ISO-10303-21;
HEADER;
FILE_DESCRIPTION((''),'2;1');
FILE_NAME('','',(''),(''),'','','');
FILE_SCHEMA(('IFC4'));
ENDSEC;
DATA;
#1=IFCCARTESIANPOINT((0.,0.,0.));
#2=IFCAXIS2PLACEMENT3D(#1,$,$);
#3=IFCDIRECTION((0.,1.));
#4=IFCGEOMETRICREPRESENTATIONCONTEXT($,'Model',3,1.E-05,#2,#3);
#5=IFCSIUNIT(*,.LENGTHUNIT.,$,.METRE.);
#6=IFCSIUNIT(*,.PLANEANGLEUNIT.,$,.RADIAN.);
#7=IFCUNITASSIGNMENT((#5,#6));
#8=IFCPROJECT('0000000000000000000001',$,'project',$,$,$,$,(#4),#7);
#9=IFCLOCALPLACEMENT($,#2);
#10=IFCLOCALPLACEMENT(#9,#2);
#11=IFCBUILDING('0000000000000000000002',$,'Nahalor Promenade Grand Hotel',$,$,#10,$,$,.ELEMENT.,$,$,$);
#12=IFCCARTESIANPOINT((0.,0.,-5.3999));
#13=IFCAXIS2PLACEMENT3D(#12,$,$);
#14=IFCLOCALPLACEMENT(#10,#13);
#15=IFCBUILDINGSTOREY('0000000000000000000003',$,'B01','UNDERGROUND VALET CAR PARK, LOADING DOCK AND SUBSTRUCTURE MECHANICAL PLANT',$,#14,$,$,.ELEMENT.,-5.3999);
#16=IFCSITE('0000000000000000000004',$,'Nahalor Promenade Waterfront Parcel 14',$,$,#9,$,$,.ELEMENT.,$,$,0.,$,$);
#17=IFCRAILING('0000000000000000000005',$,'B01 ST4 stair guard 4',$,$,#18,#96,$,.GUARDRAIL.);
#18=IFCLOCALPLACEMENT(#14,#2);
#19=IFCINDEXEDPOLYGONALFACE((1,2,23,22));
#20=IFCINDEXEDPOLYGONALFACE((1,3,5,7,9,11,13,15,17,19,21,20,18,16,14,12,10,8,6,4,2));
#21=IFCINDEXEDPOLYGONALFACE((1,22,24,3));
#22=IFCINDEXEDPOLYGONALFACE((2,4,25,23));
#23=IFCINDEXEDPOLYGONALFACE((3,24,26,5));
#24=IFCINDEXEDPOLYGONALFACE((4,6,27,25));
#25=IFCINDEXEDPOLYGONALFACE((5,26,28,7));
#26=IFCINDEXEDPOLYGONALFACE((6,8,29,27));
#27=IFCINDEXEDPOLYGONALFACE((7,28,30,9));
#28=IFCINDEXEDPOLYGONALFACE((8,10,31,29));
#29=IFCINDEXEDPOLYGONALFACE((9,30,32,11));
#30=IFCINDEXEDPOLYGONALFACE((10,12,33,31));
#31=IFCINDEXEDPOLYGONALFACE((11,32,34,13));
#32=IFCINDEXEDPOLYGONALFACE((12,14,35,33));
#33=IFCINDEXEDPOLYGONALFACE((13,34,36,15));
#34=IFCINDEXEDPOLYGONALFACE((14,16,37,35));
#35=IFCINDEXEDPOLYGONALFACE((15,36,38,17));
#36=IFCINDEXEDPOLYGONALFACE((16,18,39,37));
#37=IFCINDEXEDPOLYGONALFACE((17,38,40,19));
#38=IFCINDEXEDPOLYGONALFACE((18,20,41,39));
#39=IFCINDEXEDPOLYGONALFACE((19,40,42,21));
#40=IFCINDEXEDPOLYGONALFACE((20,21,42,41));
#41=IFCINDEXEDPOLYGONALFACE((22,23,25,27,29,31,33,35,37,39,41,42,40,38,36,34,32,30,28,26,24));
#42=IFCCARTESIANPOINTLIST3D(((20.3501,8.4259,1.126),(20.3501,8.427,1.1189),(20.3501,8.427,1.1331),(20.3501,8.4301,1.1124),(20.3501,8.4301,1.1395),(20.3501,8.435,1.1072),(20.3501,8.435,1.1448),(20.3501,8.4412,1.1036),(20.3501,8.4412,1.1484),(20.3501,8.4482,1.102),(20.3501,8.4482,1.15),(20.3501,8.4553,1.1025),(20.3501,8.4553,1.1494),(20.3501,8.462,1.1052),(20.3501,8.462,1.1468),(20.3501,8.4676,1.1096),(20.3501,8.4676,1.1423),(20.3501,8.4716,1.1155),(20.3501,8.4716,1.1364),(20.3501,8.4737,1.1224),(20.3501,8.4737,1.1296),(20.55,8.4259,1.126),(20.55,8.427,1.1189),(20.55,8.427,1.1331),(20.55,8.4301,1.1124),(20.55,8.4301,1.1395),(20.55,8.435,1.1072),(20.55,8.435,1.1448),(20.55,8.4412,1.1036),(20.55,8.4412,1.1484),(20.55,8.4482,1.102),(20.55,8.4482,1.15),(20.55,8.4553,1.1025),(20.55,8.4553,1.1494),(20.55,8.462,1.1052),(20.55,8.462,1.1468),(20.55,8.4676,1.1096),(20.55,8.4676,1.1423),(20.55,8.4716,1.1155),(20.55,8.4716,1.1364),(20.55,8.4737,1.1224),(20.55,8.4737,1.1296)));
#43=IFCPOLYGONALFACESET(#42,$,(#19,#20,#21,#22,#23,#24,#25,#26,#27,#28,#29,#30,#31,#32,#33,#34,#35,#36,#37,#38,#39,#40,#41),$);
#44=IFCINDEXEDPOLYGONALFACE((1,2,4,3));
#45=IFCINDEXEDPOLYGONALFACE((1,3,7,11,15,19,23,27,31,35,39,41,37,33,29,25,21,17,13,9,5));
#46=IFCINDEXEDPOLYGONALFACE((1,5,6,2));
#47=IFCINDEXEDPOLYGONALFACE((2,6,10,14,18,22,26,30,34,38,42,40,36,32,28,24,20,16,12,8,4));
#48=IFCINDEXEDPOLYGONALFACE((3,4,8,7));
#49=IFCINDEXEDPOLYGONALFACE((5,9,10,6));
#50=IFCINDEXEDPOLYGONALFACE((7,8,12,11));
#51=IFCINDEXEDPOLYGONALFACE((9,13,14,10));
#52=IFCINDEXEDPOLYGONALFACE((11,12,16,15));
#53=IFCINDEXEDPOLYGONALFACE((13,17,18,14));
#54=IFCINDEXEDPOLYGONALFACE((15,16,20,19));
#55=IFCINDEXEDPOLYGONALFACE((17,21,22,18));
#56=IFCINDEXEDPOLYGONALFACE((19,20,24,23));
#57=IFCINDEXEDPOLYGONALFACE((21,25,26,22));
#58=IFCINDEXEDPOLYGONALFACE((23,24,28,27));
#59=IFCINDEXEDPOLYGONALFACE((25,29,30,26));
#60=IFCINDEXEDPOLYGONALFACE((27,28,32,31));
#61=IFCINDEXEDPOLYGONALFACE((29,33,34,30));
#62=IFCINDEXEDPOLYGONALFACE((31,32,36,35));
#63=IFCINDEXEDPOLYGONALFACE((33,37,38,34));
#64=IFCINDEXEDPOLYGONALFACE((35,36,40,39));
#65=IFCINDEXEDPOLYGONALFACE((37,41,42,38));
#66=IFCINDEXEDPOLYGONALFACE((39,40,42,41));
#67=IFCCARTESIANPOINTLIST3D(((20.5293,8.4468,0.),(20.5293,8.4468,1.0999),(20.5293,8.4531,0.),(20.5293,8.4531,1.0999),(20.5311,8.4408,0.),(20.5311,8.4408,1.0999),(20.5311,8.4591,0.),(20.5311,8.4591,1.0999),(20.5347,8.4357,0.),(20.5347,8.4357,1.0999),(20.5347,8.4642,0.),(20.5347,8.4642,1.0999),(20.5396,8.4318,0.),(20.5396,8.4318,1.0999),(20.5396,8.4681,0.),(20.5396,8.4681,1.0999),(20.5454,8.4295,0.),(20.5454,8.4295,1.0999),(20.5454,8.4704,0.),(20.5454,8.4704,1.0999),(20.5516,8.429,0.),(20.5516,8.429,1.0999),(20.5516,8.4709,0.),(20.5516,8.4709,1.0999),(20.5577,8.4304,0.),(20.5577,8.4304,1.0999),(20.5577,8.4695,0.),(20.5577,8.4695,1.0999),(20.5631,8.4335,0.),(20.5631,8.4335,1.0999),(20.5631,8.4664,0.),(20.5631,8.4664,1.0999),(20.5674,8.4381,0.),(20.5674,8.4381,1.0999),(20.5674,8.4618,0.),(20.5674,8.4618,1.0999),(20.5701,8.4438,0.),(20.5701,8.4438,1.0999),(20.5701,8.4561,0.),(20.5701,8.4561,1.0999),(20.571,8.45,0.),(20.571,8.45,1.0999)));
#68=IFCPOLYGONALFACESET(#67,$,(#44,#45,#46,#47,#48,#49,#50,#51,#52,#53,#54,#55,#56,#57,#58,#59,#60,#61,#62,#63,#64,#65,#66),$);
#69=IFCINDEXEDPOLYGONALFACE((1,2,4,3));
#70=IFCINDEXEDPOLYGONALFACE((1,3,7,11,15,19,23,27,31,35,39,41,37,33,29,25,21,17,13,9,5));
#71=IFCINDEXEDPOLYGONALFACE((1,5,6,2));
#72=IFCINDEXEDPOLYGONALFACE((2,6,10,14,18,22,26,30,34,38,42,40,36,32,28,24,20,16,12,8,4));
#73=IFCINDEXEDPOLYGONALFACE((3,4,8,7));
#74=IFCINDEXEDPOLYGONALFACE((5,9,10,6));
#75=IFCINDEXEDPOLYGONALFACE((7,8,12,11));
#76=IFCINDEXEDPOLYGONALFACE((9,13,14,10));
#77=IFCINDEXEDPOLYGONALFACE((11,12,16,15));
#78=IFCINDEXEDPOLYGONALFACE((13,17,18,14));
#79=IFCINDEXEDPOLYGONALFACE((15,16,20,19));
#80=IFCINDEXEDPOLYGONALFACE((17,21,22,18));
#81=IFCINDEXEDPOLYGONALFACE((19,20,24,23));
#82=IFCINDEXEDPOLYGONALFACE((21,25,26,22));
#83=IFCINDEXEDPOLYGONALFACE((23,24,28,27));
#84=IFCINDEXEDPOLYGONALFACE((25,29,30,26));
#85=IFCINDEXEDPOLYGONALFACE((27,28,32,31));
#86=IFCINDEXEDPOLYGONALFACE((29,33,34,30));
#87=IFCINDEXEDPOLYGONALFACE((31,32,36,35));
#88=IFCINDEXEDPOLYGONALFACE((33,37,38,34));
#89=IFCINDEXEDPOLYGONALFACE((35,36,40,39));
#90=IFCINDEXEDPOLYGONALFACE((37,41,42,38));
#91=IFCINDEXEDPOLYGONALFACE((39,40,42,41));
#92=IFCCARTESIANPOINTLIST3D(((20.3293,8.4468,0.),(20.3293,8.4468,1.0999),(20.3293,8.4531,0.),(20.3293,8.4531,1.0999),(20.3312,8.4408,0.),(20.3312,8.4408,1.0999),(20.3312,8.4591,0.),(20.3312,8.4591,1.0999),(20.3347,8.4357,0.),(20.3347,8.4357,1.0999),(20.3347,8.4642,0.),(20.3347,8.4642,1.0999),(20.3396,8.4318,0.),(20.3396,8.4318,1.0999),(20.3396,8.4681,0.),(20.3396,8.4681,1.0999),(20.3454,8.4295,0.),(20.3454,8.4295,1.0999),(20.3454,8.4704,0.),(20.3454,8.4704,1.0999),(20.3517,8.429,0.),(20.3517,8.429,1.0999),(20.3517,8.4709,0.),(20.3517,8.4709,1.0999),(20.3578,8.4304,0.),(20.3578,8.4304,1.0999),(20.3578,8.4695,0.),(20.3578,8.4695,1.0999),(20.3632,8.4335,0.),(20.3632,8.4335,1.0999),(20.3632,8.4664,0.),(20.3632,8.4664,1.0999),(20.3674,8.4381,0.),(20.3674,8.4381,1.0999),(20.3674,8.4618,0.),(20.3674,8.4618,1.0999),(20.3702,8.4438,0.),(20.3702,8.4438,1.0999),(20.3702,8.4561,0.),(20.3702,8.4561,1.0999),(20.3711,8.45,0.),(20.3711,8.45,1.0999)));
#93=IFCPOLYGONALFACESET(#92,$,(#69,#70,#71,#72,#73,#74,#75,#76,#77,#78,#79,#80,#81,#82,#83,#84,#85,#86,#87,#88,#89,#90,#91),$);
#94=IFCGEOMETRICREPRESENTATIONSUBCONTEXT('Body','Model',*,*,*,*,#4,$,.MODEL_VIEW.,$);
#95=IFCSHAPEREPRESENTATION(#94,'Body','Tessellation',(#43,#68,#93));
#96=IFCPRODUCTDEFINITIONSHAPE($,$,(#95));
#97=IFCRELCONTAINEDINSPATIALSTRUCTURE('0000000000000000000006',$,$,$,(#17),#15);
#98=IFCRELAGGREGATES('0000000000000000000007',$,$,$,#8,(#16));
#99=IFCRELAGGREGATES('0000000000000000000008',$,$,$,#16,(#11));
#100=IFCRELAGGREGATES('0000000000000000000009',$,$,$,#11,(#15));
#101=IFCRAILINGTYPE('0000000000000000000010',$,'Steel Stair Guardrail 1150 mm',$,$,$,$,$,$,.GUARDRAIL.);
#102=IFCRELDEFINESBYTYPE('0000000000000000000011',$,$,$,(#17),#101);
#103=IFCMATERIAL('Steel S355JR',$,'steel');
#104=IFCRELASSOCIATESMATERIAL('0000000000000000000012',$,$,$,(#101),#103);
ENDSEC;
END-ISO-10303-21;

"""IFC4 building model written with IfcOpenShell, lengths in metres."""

from ifc_helpers import new_model, si_unit, direction, frame, origin, origin_2d, place, context, subcontext, project, spatial, circle, extrude, material, type_object, element, save


model = new_model("IFC4")

# Units and contexts
model_context = context("Model", 3, precision=1e-05, world=origin(), true_north=direction((0.0, 1.0)))
body_context = subcontext(model_context, "Body", "Model", "MODEL_VIEW")
ifc_project = project(units=[si_unit("LENGTHUNIT", "METRE"), si_unit("PLANEANGLEUNIT", "RADIAN")], contexts=[model_context])

# Site, building, storey
site_placement = place(None, origin())
site = spatial("IfcSite", under=ifc_project, at=site_placement, Name="Nahalor Promenade Waterfront Parcel 14", CompositionType="ELEMENT", RefElevation=0.0)
building_placement = place(site_placement, origin())
building = spatial("IfcBuilding", under=site, at=building_placement, Name="Nahalor Promenade Grand Hotel", CompositionType="ELEMENT")
storey_placement = place(building_placement, frame((0.0, 0.0, -5.3999)))
storey = spatial("IfcBuildingStorey", under=building, at=storey_placement, Name="B01", Description="UNDERGROUND VALET CAR PARK, LOADING DOCK AND SUBSTRUCTURE MECHANICAL PLANT", CompositionType="ELEMENT", Elevation=-5.3999)

# Shared definitions
ifc_material_1 = material(Name="Steel S355JR", Category="steel")

# Railing
railing_type_1 = type_object("IfcRailingType", Name="Steel Stair Guardrail 1150 mm", PredefinedType="GUARDRAIL", material=ifc_material_1)
railing_1_placement = place(storey_placement, frame((20.55, 8.45, 0.0)))
element("IfcRailing", 1, at=railing_1_placement, inside=storey, type_object=railing_type_1, Name="B01 ST4 stair guard 4", PredefinedType="GUARDRAIL", context=body_context, shape_type="SweptSolid", body=[
    extrude(circle(Radius=0.024, at=origin_2d()), frame((0.0, 0.0, 1.126), z_axis=(-1.0, 0.0, 0.0), x_axis=(0.0, -1.0, 0.0)), (0.0, 0.0, 1.0), 0.2),
    extrude(circle(Radius=0.021, at=origin_2d()), origin(), (0.0, 0.0, 1.0), 1.0999),
    extrude(circle(Radius=0.021, at=origin_2d()), frame((-0.2, 0.0, 0.0)), (0.0, 0.0, 1.0), 1.0999),
])

save(model, "model.ifc")
